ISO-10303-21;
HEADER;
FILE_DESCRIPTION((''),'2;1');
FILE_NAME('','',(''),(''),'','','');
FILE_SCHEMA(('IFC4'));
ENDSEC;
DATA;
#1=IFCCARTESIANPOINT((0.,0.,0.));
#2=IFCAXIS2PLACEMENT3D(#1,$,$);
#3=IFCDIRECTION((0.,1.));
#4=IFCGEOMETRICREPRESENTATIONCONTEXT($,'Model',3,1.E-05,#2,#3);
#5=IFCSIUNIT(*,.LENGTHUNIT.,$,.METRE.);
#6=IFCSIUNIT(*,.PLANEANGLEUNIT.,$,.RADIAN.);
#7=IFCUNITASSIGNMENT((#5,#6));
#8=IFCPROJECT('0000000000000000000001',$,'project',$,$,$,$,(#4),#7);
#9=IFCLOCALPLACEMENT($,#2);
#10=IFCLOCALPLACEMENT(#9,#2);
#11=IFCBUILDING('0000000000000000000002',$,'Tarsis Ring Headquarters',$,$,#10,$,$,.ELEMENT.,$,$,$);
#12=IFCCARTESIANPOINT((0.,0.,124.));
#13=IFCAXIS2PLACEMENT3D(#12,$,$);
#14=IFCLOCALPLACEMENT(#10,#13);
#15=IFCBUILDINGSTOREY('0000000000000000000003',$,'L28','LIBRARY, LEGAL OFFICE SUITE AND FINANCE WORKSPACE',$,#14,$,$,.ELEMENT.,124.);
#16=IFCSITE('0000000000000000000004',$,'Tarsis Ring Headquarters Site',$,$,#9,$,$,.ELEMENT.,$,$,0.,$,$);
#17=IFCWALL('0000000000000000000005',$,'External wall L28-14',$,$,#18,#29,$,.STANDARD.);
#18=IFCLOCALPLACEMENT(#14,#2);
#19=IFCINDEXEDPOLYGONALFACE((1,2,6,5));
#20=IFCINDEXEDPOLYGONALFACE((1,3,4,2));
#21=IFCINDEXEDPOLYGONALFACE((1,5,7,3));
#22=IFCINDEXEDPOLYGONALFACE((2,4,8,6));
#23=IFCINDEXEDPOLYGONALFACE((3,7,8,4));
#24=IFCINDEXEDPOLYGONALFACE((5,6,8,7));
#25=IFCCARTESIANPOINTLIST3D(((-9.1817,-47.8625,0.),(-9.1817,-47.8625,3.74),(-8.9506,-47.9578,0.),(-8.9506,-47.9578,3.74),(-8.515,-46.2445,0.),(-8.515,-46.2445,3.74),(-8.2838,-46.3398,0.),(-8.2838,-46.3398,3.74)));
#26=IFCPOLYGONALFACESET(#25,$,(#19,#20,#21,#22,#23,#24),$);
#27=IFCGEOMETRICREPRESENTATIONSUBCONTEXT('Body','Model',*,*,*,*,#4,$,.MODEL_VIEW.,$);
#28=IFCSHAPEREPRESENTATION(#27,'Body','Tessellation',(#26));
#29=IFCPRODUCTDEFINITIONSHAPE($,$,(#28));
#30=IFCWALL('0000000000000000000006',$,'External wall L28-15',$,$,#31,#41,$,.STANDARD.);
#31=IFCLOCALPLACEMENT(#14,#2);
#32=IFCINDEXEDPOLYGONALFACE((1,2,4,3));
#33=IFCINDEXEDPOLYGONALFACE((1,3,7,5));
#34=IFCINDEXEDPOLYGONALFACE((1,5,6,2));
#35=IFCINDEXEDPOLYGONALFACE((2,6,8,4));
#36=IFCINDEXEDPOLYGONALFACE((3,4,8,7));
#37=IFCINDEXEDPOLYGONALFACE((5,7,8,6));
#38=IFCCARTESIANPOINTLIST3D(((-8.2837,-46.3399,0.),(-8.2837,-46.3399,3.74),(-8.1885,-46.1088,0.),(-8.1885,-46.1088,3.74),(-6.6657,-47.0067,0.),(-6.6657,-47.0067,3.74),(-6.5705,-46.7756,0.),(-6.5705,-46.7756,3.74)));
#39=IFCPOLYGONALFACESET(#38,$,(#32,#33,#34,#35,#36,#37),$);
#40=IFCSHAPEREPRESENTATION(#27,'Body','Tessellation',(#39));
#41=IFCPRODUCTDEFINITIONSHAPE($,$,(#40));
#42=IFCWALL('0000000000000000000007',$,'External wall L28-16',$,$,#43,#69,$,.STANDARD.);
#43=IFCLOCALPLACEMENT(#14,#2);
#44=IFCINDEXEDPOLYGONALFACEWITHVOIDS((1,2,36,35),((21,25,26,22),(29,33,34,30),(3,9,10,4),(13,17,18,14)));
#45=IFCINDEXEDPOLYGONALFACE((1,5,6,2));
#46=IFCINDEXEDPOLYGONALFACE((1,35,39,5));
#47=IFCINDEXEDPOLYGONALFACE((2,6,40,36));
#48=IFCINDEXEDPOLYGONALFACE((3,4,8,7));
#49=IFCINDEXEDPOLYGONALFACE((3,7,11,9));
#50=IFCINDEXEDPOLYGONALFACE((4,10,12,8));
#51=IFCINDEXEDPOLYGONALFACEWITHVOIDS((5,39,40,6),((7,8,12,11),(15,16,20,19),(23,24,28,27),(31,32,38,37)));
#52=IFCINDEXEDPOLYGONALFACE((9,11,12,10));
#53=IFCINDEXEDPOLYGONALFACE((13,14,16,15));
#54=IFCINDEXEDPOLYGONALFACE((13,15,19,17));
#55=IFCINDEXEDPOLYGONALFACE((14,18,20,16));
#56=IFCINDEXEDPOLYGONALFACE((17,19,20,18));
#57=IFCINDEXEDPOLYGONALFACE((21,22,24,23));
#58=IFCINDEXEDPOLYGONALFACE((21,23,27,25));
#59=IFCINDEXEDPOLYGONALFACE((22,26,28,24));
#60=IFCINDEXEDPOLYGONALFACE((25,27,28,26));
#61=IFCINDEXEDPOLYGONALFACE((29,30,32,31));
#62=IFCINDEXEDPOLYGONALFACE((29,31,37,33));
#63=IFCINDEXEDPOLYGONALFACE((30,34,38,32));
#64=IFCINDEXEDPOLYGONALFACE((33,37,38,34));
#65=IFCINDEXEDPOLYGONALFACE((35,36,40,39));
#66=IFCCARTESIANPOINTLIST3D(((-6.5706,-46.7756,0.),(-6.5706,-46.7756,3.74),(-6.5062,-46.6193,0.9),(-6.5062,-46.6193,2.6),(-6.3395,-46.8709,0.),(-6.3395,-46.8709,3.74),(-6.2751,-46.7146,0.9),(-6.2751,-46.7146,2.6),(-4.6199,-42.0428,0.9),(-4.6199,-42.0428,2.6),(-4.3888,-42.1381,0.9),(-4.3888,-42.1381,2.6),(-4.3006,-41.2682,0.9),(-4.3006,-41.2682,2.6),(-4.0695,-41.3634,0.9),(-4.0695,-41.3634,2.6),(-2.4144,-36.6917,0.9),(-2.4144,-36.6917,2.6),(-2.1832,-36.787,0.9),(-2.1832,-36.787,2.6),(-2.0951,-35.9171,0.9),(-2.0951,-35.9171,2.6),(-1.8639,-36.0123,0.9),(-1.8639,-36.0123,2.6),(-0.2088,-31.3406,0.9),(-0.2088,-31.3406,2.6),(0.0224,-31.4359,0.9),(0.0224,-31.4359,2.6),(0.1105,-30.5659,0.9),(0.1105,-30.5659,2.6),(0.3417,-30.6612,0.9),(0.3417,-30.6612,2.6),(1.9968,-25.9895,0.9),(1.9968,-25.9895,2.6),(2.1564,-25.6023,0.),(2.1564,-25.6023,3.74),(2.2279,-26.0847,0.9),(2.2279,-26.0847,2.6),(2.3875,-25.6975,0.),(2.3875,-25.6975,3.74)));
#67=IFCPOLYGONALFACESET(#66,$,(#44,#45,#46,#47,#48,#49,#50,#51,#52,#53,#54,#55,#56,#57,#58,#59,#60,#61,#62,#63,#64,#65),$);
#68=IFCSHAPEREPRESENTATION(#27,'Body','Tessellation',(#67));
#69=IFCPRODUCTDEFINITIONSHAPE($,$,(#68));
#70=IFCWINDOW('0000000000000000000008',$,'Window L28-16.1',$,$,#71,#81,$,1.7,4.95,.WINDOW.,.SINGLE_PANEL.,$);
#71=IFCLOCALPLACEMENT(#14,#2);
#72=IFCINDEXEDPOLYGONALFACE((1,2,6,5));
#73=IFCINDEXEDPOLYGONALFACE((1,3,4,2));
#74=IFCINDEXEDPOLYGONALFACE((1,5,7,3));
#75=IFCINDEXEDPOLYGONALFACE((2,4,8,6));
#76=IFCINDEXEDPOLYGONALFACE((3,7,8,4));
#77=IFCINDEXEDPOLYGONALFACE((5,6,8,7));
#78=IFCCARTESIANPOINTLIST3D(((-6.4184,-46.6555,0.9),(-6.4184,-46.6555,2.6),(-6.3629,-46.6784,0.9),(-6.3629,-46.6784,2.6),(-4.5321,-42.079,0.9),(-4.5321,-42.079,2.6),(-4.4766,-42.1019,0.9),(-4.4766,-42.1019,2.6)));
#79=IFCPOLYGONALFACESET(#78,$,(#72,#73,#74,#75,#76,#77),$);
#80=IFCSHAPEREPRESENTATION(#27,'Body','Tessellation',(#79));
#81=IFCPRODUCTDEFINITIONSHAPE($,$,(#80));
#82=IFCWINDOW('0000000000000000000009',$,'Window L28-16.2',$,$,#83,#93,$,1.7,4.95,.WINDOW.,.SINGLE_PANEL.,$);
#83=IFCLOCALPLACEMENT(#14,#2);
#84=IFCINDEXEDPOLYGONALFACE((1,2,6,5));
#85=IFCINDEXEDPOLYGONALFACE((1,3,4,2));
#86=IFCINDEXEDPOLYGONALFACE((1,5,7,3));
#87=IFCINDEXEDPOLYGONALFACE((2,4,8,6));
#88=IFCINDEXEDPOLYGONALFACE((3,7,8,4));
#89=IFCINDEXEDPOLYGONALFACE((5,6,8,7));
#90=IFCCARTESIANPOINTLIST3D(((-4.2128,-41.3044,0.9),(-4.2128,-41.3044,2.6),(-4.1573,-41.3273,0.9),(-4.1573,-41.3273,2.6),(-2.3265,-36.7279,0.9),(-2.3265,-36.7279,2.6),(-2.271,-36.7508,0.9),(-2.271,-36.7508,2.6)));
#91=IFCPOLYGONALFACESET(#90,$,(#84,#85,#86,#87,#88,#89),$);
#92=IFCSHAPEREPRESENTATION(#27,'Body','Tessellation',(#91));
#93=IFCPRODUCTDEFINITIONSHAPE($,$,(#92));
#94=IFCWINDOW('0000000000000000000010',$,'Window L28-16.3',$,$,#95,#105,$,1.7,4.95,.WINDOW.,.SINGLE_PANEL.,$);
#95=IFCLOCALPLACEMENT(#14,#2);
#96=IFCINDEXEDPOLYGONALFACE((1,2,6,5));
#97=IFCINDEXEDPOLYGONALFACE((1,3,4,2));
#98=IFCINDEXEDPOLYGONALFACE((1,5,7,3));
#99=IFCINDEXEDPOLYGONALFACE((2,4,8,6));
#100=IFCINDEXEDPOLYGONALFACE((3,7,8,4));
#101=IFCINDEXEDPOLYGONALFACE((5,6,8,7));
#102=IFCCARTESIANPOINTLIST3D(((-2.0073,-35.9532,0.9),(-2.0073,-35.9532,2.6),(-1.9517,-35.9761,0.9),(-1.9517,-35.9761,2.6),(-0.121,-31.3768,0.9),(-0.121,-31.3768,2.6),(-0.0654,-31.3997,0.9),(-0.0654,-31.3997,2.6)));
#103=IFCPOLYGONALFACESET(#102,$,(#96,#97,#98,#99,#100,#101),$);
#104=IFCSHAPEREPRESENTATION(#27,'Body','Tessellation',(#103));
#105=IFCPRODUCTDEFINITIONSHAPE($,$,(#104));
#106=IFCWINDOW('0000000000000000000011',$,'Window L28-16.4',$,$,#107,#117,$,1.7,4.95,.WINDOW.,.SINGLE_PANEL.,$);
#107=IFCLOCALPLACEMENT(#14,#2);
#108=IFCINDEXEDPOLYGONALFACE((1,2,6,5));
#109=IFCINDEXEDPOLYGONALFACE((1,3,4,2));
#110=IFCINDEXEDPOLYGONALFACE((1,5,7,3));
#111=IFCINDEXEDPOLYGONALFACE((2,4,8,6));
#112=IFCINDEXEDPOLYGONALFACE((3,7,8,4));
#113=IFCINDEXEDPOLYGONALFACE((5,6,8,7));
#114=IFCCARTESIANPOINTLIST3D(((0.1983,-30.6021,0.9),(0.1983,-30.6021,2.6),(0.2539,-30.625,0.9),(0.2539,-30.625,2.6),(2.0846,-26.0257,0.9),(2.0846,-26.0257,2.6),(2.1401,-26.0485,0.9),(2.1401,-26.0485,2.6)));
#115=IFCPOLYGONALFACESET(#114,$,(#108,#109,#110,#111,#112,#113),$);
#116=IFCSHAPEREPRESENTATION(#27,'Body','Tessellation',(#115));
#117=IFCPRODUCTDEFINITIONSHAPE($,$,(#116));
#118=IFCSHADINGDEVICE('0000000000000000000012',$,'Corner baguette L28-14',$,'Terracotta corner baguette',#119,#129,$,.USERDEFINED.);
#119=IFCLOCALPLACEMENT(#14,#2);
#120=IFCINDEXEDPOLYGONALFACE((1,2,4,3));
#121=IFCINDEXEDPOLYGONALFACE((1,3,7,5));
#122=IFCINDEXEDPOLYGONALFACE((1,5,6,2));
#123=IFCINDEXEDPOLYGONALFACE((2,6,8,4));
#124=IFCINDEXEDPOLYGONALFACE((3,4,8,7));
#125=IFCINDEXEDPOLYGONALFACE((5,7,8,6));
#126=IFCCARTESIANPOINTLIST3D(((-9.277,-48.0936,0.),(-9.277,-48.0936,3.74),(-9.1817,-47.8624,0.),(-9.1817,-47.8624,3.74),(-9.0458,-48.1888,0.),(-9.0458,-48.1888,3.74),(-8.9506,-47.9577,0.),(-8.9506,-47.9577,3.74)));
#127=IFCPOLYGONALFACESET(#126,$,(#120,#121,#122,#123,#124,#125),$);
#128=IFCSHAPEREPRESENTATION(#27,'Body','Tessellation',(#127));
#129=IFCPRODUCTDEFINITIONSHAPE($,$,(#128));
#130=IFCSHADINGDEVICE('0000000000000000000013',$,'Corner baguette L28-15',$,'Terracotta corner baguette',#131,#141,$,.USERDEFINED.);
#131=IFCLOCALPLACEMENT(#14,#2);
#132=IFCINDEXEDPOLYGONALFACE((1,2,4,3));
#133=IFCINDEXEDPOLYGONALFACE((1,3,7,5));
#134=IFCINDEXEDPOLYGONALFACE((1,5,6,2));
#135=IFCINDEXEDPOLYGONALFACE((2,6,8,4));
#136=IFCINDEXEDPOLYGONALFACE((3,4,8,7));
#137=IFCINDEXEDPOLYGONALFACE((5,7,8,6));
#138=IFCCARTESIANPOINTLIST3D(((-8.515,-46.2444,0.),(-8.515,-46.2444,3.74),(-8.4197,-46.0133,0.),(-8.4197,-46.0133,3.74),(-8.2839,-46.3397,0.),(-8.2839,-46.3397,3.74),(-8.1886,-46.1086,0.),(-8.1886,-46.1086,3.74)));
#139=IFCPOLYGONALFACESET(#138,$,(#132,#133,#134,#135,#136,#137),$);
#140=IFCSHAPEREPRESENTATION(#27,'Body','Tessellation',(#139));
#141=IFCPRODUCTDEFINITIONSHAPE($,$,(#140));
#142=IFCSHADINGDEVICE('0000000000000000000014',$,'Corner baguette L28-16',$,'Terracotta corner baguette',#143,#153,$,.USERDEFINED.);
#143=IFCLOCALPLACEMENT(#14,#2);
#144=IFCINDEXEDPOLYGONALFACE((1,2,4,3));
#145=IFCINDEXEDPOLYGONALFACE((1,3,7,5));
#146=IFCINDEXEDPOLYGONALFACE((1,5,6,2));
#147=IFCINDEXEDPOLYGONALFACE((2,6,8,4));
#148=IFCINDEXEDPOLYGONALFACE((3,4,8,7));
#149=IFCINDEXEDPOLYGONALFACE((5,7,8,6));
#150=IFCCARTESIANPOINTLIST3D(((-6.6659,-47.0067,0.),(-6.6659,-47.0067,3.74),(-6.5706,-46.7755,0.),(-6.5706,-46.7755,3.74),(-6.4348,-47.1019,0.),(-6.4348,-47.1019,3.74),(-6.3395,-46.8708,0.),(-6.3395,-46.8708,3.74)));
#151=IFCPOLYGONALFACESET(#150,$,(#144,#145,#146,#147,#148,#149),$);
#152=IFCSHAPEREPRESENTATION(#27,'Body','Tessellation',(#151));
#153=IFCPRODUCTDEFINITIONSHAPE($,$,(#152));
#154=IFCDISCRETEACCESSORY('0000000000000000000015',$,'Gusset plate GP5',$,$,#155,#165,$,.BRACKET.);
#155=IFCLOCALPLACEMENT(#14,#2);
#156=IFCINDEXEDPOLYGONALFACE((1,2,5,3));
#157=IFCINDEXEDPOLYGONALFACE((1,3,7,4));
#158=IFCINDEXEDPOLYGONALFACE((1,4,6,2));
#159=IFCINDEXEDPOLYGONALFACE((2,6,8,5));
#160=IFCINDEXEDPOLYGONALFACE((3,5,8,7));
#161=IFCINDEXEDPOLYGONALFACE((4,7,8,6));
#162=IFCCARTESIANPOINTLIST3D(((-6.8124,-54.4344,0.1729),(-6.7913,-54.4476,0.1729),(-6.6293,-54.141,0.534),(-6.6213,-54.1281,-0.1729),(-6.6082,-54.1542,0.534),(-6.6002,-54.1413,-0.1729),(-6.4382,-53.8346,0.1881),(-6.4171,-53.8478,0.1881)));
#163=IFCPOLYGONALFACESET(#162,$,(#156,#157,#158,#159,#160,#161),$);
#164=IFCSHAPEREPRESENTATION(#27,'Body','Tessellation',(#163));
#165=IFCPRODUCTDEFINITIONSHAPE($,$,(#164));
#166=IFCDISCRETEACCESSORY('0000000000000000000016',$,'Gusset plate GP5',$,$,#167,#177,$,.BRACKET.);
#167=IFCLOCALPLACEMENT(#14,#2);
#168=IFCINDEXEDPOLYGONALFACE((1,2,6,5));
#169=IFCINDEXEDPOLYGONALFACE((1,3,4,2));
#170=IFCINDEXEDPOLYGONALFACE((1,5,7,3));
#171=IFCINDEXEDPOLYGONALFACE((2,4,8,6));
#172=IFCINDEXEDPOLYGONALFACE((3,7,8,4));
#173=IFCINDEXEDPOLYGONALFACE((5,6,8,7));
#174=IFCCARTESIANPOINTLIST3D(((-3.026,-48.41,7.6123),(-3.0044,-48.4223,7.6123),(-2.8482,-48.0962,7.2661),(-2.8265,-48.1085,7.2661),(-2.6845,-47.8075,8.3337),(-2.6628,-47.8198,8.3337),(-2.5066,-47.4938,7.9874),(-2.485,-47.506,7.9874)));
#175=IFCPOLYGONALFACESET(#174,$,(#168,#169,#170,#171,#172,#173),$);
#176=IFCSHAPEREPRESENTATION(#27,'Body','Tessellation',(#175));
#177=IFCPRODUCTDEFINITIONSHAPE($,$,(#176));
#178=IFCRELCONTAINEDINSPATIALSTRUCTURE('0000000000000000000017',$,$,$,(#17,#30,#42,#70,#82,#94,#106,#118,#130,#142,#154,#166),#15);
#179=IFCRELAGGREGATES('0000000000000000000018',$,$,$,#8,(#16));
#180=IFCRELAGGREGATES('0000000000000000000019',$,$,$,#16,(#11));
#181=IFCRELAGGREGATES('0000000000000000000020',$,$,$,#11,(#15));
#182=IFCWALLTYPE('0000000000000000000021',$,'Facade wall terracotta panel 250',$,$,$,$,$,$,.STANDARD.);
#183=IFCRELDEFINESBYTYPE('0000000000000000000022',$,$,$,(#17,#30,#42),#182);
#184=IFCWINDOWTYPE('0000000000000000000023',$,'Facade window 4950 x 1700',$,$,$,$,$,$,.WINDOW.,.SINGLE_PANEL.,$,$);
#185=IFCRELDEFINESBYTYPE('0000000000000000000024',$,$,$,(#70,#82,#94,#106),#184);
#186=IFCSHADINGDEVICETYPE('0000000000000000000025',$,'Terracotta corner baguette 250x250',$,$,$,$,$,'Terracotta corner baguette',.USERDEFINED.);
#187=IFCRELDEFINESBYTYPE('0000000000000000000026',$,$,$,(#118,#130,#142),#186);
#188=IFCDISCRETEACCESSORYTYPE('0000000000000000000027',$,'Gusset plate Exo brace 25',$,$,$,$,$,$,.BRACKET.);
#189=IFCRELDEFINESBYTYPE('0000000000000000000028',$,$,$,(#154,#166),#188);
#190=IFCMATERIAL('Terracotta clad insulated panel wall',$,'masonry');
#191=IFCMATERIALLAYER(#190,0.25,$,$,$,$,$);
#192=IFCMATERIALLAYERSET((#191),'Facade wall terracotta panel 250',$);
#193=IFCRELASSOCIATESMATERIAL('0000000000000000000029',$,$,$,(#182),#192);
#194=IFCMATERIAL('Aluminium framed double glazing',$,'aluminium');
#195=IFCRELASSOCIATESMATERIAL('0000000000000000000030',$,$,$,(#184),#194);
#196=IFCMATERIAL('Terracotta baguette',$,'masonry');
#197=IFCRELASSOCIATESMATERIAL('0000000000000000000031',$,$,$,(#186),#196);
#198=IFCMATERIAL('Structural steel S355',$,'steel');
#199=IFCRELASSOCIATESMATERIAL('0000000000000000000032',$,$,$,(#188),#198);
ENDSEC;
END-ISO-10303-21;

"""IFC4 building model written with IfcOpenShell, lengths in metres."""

from ifc_helpers import new_model, si_unit, direction, frame, frame_2d, origin, origin_2d, place, context, subcontext, project, spatial, rectangle, extrude, material, layer, layer_set, material_profile, profile_set, type_object, element, fill, save


model = new_model("IFC4")

# Units and contexts
model_context = context("Model", 3, precision=1e-05, world=origin(), true_north=direction((0.0, 1.0)))
body_context = subcontext(model_context, "Body", "Model", "MODEL_VIEW")
ifc_project = project(units=[si_unit("LENGTHUNIT", "METRE"), si_unit("PLANEANGLEUNIT", "RADIAN")], contexts=[model_context])

# Site, building, storey
site_placement = place(None, origin())
site = spatial("IfcSite", under=ifc_project, at=site_placement, Name="Tarsis Ring Headquarters Site", CompositionType="ELEMENT", RefElevation=0.0)
building_placement = place(site_placement, origin())
building = spatial("IfcBuilding", under=site, at=building_placement, Name="Tarsis Ring Headquarters", CompositionType="ELEMENT")
storey_placement = place(building_placement, frame((0.0, 0.0, 124.0)))
storey = spatial("IfcBuildingStorey", under=building, at=storey_placement, Name="L28", Description="LIBRARY, LEGAL OFFICE SUITE AND FINANCE WORKSPACE", CompositionType="ELEMENT", Elevation=124.0)

# Shared definitions
ifc_material_1 = material(Name="Structural steel S355", Category="steel")

# Walls
ifc_material_2 = material(Name="Terracotta clad insulated panel wall", Category="masonry")
ifc_layer_1 = layer(ifc_material_2, 0.25)
ifc_layer_set_1 = layer_set([ifc_layer_1], Name="Facade wall terracotta panel 250")
wall_type_1 = type_object("IfcWallType", Name="Facade wall terracotta panel 250", PredefinedType="STANDARD", material=ifc_layer_set_1)
for number, where, z_axis, x_axis, name in (
    (1, (-9.0662, -47.9102, 0.0), (0.0, 0.0, 1.0), (0.381016, 0.924568, 0.0), "External wall L28-14"),
    (2, (-8.2361, -46.2244, 0.0), (0.0, 0.0, 1.0), (0.924568, -0.381016, 0.0), "External wall L28-15"),
):
    element("IfcWall", number, at=place(storey_placement, frame(where, z_axis=z_axis, x_axis=x_axis)), inside=storey, type_object=wall_type_1, Name=name, PredefinedType="STANDARD", context=body_context, shape_type="SweptSolid", body=[
        extrude(rectangle(XDim=1.75, YDim=0.25, at=frame_2d((0.875, 0.0))), origin(), (0.0, 0.0, 1.0), 3.74),
    ])

# Wall, openings, windows
wall_1_placement = place(storey_placement, frame((-6.4551, -46.8232, 0.0), z_axis=(0.0, 0.0, 1.0), x_axis=(0.381071, 0.924546, 0.0)))
wall_1 = element("IfcWall", 3, at=wall_1_placement, inside=storey, type_object=wall_type_1, Name="External wall L28-16", PredefinedType="STANDARD", context=body_context, shape_type="SweptSolid", body=[
    extrude(rectangle(XDim=22.9014, YDim=0.25, at=frame_2d((11.4507, 0.0))), origin(), (0.0, 0.0, 1.0), 3.74),
])
opening_1_placement = place(wall_1_placement, frame((0.1689, 0.0, 0.8999)))
opening_1 = element("IfcOpeningElement", 4, at=opening_1_placement, cuts=wall_1, PredefinedType="OPENING", context=body_context, shape_type="SweptSolid", body=[
    extrude(rectangle(XDim=4.95, YDim=1.7, at=frame_2d((2.4751, 0.8501))), frame((0.0, 0.135, 0.0), z_axis=(0.0, -1.0, 0.0), x_axis=(1.0, 0.0, 0.0)), (0.0, 0.0, 1.0), 0.27),
])
opening_2_placement = place(wall_1_placement, frame((5.9568, 0.0, 0.8999)))
opening_2 = element("IfcOpeningElement", 5, at=opening_2_placement, cuts=wall_1, PredefinedType="OPENING", context=body_context, shape_type="SweptSolid", body=[
    extrude(rectangle(XDim=4.95, YDim=1.7, at=frame_2d((2.4751, 0.8501))), frame((0.0, 0.135, 0.0), z_axis=(0.0, -1.0, 0.0), x_axis=(1.0, 0.0, 0.0)), (0.0, 0.0, 1.0), 0.27),
])
opening_3_placement = place(wall_1_placement, frame((11.7446, 0.0, 0.8999)))
opening_3 = element("IfcOpeningElement", 6, at=opening_3_placement, cuts=wall_1, PredefinedType="OPENING", context=body_context, shape_type="SweptSolid", body=[
    extrude(rectangle(XDim=4.95, YDim=1.7, at=frame_2d((2.4751, 0.8501))), frame((0.0, 0.135, 0.0), z_axis=(0.0, -1.0, 0.0), x_axis=(1.0, 0.0, 0.0)), (0.0, 0.0, 1.0), 0.27),
])
opening_4_placement = place(wall_1_placement, frame((17.5325, 0.0, 0.8999)))
opening_4 = element("IfcOpeningElement", 7, at=opening_4_placement, cuts=wall_1, PredefinedType="OPENING", context=body_context, shape_type="SweptSolid", body=[
    extrude(rectangle(XDim=4.95, YDim=1.7, at=frame_2d((2.4751, 0.8501))), frame((0.0, 0.135, 0.0), z_axis=(0.0, -1.0, 0.0), x_axis=(1.0, 0.0, 0.0)), (0.0, 0.0, 1.0), 0.27),
])
ifc_material_3 = material(Name="Aluminium framed double glazing", Category="aluminium")
window_type = type_object("IfcWindowType", Name="Facade window 4950 x 1700", PartitioningType="SINGLE_PANEL", PredefinedType="WINDOW", material=ifc_material_3)
window_1_placement = place(opening_1_placement, origin())
window_1 = element("IfcWindow", 8, at=window_1_placement, inside=storey, type_object=window_type, Name="Window L28-16.1", OverallHeight=1.7, OverallWidth=4.95, PartitioningType="SINGLE_PANEL", PredefinedType="WINDOW", context=body_context, shape_type="SweptSolid", body=[
    extrude(rectangle(XDim=4.95, YDim=1.7, at=frame_2d((2.4751, 0.8501))), frame((0.0, 0.03, 0.0), z_axis=(0.0, -1.0, 0.0), x_axis=(1.0, 0.0, 0.0)), (0.0, 0.0, 1.0), 0.0601),
])
fill(opening_1, window_1)
window_2_placement = place(opening_2_placement, origin())
window_2 = element("IfcWindow", 9, at=window_2_placement, inside=storey, type_object=window_type, Name="Window L28-16.2", OverallHeight=1.7, OverallWidth=4.95, PartitioningType="SINGLE_PANEL", PredefinedType="WINDOW", context=body_context, shape_type="SweptSolid", body=[
    extrude(rectangle(XDim=4.95, YDim=1.7, at=frame_2d((2.4751, 0.8501))), frame((0.0, 0.03, 0.0), z_axis=(0.0, -1.0, 0.0), x_axis=(1.0, 0.0, 0.0)), (0.0, 0.0, 1.0), 0.0601),
])
fill(opening_2, window_2)
window_3_placement = place(opening_3_placement, origin())
window_3 = element("IfcWindow", 10, at=window_3_placement, inside=storey, type_object=window_type, Name="Window L28-16.3", OverallHeight=1.7, OverallWidth=4.95, PartitioningType="SINGLE_PANEL", PredefinedType="WINDOW", context=body_context, shape_type="SweptSolid", body=[
    extrude(rectangle(XDim=4.95, YDim=1.7, at=frame_2d((2.4751, 0.8501))), frame((0.0, 0.03, 0.0), z_axis=(0.0, -1.0, 0.0), x_axis=(1.0, 0.0, 0.0)), (0.0, 0.0, 1.0), 0.0601),
])
fill(opening_3, window_3)
window_4_placement = place(opening_4_placement, origin())
window_4 = element("IfcWindow", 11, at=window_4_placement, inside=storey, type_object=window_type, Name="Window L28-16.4", OverallHeight=1.7, OverallWidth=4.95, PartitioningType="SINGLE_PANEL", PredefinedType="WINDOW", context=body_context, shape_type="SweptSolid", body=[
    extrude(rectangle(XDim=4.95, YDim=1.7, at=frame_2d((2.4751, 0.8501))), frame((0.0, 0.03, 0.0), z_axis=(0.0, -1.0, 0.0), x_axis=(1.0, 0.0, 0.0)), (0.0, 0.0, 1.0), 0.0601),
])
fill(opening_4, window_4)

# Shading devices
ifc_material_4 = material(Name="Terracotta baguette", Category="masonry")
shading_device_type_1 = type_object("IfcShadingDeviceType", Name="Terracotta corner baguette 250x250", ElementType="Terracotta corner baguette", PredefinedType="USERDEFINED", material=ifc_material_4)
for number, where, z_axis, x_axis, name in (
    (12, (-9.1138, -48.0256, 0.0), (0.0, 0.0, 1.0), (0.924546, -0.38107, 0.0), "Corner baguette L28-14"),
    (13, (-8.3518, -46.1765, 0.0), (0.0, 0.0, 1.0), (0.38107, 0.924546, 0.0), "Corner baguette L28-15"),
    (14, (-6.5027, -46.9387, 0.0), (0.0, 0.0, 1.0), (0.924546, -0.38107, 0.0), "Corner baguette L28-16"),
):
    element("IfcShadingDevice", number, at=place(storey_placement, frame(where, z_axis=z_axis, x_axis=x_axis)), inside=storey, type_object=shading_device_type_1, Name=name, ObjectType="Terracotta corner baguette", PredefinedType="USERDEFINED", context=body_context, shape_type="SweptSolid", body=[
        extrude(rectangle(XDim=0.25, YDim=0.25, at=origin_2d()), origin(), (0.0, 0.0, 1.0), 3.74),
    ])

# Discrete accessories
ifc_material_profile_1 = material_profile(ifc_material_1, rectangle(XDim=0.0249, YDim=0.5, at=origin_2d()), Name="PL 25x500")
ifc_profile_set_1 = profile_set([ifc_material_profile_1], Name="Structural steel S355")
discrete_accessory_type = type_object("IfcDiscreteAccessoryType", Name="Gusset plate Exo brace 25", PredefinedType="BRACKET", material=ifc_profile_set_1)
discrete_accessory_1_placement = place(storey_placement, frame((-6.7063, -54.2878, 0.0), z_axis=(0.366192, 0.586883, 0.72213), x_axis=(-0.848395, 0.529364, 0.0)))
element("IfcDiscreteAccessory", 15, at=discrete_accessory_1_placement, inside=storey, type_object=discrete_accessory_type, Name="Gusset plate GP5", PredefinedType="BRACKET", context=body_context, shape_type="SweptSolid", body=[
    extrude(rectangle(XDim=0.0249, YDim=0.5, at=origin_2d()), origin(), (0.0, 0.0, 1.0), 0.5),
])
discrete_accessory_2_placement = place(storey_placement, frame((-2.9263, -48.2593, 7.4392), z_axis=(0.341522, 0.602485, 0.72137), x_axis=(-0.869952, 0.493137, 0.0)))
element("IfcDiscreteAccessory", 16, at=discrete_accessory_2_placement, inside=storey, type_object=discrete_accessory_type, Name="Gusset plate GP5", PredefinedType="BRACKET", context=body_context, shape_type="SweptSolid", body=[
    extrude(rectangle(XDim=0.0249, YDim=0.5, at=origin_2d()), origin(), (0.0, 0.0, 1.0), 1.0),
])

save(model, "model.ifc")
